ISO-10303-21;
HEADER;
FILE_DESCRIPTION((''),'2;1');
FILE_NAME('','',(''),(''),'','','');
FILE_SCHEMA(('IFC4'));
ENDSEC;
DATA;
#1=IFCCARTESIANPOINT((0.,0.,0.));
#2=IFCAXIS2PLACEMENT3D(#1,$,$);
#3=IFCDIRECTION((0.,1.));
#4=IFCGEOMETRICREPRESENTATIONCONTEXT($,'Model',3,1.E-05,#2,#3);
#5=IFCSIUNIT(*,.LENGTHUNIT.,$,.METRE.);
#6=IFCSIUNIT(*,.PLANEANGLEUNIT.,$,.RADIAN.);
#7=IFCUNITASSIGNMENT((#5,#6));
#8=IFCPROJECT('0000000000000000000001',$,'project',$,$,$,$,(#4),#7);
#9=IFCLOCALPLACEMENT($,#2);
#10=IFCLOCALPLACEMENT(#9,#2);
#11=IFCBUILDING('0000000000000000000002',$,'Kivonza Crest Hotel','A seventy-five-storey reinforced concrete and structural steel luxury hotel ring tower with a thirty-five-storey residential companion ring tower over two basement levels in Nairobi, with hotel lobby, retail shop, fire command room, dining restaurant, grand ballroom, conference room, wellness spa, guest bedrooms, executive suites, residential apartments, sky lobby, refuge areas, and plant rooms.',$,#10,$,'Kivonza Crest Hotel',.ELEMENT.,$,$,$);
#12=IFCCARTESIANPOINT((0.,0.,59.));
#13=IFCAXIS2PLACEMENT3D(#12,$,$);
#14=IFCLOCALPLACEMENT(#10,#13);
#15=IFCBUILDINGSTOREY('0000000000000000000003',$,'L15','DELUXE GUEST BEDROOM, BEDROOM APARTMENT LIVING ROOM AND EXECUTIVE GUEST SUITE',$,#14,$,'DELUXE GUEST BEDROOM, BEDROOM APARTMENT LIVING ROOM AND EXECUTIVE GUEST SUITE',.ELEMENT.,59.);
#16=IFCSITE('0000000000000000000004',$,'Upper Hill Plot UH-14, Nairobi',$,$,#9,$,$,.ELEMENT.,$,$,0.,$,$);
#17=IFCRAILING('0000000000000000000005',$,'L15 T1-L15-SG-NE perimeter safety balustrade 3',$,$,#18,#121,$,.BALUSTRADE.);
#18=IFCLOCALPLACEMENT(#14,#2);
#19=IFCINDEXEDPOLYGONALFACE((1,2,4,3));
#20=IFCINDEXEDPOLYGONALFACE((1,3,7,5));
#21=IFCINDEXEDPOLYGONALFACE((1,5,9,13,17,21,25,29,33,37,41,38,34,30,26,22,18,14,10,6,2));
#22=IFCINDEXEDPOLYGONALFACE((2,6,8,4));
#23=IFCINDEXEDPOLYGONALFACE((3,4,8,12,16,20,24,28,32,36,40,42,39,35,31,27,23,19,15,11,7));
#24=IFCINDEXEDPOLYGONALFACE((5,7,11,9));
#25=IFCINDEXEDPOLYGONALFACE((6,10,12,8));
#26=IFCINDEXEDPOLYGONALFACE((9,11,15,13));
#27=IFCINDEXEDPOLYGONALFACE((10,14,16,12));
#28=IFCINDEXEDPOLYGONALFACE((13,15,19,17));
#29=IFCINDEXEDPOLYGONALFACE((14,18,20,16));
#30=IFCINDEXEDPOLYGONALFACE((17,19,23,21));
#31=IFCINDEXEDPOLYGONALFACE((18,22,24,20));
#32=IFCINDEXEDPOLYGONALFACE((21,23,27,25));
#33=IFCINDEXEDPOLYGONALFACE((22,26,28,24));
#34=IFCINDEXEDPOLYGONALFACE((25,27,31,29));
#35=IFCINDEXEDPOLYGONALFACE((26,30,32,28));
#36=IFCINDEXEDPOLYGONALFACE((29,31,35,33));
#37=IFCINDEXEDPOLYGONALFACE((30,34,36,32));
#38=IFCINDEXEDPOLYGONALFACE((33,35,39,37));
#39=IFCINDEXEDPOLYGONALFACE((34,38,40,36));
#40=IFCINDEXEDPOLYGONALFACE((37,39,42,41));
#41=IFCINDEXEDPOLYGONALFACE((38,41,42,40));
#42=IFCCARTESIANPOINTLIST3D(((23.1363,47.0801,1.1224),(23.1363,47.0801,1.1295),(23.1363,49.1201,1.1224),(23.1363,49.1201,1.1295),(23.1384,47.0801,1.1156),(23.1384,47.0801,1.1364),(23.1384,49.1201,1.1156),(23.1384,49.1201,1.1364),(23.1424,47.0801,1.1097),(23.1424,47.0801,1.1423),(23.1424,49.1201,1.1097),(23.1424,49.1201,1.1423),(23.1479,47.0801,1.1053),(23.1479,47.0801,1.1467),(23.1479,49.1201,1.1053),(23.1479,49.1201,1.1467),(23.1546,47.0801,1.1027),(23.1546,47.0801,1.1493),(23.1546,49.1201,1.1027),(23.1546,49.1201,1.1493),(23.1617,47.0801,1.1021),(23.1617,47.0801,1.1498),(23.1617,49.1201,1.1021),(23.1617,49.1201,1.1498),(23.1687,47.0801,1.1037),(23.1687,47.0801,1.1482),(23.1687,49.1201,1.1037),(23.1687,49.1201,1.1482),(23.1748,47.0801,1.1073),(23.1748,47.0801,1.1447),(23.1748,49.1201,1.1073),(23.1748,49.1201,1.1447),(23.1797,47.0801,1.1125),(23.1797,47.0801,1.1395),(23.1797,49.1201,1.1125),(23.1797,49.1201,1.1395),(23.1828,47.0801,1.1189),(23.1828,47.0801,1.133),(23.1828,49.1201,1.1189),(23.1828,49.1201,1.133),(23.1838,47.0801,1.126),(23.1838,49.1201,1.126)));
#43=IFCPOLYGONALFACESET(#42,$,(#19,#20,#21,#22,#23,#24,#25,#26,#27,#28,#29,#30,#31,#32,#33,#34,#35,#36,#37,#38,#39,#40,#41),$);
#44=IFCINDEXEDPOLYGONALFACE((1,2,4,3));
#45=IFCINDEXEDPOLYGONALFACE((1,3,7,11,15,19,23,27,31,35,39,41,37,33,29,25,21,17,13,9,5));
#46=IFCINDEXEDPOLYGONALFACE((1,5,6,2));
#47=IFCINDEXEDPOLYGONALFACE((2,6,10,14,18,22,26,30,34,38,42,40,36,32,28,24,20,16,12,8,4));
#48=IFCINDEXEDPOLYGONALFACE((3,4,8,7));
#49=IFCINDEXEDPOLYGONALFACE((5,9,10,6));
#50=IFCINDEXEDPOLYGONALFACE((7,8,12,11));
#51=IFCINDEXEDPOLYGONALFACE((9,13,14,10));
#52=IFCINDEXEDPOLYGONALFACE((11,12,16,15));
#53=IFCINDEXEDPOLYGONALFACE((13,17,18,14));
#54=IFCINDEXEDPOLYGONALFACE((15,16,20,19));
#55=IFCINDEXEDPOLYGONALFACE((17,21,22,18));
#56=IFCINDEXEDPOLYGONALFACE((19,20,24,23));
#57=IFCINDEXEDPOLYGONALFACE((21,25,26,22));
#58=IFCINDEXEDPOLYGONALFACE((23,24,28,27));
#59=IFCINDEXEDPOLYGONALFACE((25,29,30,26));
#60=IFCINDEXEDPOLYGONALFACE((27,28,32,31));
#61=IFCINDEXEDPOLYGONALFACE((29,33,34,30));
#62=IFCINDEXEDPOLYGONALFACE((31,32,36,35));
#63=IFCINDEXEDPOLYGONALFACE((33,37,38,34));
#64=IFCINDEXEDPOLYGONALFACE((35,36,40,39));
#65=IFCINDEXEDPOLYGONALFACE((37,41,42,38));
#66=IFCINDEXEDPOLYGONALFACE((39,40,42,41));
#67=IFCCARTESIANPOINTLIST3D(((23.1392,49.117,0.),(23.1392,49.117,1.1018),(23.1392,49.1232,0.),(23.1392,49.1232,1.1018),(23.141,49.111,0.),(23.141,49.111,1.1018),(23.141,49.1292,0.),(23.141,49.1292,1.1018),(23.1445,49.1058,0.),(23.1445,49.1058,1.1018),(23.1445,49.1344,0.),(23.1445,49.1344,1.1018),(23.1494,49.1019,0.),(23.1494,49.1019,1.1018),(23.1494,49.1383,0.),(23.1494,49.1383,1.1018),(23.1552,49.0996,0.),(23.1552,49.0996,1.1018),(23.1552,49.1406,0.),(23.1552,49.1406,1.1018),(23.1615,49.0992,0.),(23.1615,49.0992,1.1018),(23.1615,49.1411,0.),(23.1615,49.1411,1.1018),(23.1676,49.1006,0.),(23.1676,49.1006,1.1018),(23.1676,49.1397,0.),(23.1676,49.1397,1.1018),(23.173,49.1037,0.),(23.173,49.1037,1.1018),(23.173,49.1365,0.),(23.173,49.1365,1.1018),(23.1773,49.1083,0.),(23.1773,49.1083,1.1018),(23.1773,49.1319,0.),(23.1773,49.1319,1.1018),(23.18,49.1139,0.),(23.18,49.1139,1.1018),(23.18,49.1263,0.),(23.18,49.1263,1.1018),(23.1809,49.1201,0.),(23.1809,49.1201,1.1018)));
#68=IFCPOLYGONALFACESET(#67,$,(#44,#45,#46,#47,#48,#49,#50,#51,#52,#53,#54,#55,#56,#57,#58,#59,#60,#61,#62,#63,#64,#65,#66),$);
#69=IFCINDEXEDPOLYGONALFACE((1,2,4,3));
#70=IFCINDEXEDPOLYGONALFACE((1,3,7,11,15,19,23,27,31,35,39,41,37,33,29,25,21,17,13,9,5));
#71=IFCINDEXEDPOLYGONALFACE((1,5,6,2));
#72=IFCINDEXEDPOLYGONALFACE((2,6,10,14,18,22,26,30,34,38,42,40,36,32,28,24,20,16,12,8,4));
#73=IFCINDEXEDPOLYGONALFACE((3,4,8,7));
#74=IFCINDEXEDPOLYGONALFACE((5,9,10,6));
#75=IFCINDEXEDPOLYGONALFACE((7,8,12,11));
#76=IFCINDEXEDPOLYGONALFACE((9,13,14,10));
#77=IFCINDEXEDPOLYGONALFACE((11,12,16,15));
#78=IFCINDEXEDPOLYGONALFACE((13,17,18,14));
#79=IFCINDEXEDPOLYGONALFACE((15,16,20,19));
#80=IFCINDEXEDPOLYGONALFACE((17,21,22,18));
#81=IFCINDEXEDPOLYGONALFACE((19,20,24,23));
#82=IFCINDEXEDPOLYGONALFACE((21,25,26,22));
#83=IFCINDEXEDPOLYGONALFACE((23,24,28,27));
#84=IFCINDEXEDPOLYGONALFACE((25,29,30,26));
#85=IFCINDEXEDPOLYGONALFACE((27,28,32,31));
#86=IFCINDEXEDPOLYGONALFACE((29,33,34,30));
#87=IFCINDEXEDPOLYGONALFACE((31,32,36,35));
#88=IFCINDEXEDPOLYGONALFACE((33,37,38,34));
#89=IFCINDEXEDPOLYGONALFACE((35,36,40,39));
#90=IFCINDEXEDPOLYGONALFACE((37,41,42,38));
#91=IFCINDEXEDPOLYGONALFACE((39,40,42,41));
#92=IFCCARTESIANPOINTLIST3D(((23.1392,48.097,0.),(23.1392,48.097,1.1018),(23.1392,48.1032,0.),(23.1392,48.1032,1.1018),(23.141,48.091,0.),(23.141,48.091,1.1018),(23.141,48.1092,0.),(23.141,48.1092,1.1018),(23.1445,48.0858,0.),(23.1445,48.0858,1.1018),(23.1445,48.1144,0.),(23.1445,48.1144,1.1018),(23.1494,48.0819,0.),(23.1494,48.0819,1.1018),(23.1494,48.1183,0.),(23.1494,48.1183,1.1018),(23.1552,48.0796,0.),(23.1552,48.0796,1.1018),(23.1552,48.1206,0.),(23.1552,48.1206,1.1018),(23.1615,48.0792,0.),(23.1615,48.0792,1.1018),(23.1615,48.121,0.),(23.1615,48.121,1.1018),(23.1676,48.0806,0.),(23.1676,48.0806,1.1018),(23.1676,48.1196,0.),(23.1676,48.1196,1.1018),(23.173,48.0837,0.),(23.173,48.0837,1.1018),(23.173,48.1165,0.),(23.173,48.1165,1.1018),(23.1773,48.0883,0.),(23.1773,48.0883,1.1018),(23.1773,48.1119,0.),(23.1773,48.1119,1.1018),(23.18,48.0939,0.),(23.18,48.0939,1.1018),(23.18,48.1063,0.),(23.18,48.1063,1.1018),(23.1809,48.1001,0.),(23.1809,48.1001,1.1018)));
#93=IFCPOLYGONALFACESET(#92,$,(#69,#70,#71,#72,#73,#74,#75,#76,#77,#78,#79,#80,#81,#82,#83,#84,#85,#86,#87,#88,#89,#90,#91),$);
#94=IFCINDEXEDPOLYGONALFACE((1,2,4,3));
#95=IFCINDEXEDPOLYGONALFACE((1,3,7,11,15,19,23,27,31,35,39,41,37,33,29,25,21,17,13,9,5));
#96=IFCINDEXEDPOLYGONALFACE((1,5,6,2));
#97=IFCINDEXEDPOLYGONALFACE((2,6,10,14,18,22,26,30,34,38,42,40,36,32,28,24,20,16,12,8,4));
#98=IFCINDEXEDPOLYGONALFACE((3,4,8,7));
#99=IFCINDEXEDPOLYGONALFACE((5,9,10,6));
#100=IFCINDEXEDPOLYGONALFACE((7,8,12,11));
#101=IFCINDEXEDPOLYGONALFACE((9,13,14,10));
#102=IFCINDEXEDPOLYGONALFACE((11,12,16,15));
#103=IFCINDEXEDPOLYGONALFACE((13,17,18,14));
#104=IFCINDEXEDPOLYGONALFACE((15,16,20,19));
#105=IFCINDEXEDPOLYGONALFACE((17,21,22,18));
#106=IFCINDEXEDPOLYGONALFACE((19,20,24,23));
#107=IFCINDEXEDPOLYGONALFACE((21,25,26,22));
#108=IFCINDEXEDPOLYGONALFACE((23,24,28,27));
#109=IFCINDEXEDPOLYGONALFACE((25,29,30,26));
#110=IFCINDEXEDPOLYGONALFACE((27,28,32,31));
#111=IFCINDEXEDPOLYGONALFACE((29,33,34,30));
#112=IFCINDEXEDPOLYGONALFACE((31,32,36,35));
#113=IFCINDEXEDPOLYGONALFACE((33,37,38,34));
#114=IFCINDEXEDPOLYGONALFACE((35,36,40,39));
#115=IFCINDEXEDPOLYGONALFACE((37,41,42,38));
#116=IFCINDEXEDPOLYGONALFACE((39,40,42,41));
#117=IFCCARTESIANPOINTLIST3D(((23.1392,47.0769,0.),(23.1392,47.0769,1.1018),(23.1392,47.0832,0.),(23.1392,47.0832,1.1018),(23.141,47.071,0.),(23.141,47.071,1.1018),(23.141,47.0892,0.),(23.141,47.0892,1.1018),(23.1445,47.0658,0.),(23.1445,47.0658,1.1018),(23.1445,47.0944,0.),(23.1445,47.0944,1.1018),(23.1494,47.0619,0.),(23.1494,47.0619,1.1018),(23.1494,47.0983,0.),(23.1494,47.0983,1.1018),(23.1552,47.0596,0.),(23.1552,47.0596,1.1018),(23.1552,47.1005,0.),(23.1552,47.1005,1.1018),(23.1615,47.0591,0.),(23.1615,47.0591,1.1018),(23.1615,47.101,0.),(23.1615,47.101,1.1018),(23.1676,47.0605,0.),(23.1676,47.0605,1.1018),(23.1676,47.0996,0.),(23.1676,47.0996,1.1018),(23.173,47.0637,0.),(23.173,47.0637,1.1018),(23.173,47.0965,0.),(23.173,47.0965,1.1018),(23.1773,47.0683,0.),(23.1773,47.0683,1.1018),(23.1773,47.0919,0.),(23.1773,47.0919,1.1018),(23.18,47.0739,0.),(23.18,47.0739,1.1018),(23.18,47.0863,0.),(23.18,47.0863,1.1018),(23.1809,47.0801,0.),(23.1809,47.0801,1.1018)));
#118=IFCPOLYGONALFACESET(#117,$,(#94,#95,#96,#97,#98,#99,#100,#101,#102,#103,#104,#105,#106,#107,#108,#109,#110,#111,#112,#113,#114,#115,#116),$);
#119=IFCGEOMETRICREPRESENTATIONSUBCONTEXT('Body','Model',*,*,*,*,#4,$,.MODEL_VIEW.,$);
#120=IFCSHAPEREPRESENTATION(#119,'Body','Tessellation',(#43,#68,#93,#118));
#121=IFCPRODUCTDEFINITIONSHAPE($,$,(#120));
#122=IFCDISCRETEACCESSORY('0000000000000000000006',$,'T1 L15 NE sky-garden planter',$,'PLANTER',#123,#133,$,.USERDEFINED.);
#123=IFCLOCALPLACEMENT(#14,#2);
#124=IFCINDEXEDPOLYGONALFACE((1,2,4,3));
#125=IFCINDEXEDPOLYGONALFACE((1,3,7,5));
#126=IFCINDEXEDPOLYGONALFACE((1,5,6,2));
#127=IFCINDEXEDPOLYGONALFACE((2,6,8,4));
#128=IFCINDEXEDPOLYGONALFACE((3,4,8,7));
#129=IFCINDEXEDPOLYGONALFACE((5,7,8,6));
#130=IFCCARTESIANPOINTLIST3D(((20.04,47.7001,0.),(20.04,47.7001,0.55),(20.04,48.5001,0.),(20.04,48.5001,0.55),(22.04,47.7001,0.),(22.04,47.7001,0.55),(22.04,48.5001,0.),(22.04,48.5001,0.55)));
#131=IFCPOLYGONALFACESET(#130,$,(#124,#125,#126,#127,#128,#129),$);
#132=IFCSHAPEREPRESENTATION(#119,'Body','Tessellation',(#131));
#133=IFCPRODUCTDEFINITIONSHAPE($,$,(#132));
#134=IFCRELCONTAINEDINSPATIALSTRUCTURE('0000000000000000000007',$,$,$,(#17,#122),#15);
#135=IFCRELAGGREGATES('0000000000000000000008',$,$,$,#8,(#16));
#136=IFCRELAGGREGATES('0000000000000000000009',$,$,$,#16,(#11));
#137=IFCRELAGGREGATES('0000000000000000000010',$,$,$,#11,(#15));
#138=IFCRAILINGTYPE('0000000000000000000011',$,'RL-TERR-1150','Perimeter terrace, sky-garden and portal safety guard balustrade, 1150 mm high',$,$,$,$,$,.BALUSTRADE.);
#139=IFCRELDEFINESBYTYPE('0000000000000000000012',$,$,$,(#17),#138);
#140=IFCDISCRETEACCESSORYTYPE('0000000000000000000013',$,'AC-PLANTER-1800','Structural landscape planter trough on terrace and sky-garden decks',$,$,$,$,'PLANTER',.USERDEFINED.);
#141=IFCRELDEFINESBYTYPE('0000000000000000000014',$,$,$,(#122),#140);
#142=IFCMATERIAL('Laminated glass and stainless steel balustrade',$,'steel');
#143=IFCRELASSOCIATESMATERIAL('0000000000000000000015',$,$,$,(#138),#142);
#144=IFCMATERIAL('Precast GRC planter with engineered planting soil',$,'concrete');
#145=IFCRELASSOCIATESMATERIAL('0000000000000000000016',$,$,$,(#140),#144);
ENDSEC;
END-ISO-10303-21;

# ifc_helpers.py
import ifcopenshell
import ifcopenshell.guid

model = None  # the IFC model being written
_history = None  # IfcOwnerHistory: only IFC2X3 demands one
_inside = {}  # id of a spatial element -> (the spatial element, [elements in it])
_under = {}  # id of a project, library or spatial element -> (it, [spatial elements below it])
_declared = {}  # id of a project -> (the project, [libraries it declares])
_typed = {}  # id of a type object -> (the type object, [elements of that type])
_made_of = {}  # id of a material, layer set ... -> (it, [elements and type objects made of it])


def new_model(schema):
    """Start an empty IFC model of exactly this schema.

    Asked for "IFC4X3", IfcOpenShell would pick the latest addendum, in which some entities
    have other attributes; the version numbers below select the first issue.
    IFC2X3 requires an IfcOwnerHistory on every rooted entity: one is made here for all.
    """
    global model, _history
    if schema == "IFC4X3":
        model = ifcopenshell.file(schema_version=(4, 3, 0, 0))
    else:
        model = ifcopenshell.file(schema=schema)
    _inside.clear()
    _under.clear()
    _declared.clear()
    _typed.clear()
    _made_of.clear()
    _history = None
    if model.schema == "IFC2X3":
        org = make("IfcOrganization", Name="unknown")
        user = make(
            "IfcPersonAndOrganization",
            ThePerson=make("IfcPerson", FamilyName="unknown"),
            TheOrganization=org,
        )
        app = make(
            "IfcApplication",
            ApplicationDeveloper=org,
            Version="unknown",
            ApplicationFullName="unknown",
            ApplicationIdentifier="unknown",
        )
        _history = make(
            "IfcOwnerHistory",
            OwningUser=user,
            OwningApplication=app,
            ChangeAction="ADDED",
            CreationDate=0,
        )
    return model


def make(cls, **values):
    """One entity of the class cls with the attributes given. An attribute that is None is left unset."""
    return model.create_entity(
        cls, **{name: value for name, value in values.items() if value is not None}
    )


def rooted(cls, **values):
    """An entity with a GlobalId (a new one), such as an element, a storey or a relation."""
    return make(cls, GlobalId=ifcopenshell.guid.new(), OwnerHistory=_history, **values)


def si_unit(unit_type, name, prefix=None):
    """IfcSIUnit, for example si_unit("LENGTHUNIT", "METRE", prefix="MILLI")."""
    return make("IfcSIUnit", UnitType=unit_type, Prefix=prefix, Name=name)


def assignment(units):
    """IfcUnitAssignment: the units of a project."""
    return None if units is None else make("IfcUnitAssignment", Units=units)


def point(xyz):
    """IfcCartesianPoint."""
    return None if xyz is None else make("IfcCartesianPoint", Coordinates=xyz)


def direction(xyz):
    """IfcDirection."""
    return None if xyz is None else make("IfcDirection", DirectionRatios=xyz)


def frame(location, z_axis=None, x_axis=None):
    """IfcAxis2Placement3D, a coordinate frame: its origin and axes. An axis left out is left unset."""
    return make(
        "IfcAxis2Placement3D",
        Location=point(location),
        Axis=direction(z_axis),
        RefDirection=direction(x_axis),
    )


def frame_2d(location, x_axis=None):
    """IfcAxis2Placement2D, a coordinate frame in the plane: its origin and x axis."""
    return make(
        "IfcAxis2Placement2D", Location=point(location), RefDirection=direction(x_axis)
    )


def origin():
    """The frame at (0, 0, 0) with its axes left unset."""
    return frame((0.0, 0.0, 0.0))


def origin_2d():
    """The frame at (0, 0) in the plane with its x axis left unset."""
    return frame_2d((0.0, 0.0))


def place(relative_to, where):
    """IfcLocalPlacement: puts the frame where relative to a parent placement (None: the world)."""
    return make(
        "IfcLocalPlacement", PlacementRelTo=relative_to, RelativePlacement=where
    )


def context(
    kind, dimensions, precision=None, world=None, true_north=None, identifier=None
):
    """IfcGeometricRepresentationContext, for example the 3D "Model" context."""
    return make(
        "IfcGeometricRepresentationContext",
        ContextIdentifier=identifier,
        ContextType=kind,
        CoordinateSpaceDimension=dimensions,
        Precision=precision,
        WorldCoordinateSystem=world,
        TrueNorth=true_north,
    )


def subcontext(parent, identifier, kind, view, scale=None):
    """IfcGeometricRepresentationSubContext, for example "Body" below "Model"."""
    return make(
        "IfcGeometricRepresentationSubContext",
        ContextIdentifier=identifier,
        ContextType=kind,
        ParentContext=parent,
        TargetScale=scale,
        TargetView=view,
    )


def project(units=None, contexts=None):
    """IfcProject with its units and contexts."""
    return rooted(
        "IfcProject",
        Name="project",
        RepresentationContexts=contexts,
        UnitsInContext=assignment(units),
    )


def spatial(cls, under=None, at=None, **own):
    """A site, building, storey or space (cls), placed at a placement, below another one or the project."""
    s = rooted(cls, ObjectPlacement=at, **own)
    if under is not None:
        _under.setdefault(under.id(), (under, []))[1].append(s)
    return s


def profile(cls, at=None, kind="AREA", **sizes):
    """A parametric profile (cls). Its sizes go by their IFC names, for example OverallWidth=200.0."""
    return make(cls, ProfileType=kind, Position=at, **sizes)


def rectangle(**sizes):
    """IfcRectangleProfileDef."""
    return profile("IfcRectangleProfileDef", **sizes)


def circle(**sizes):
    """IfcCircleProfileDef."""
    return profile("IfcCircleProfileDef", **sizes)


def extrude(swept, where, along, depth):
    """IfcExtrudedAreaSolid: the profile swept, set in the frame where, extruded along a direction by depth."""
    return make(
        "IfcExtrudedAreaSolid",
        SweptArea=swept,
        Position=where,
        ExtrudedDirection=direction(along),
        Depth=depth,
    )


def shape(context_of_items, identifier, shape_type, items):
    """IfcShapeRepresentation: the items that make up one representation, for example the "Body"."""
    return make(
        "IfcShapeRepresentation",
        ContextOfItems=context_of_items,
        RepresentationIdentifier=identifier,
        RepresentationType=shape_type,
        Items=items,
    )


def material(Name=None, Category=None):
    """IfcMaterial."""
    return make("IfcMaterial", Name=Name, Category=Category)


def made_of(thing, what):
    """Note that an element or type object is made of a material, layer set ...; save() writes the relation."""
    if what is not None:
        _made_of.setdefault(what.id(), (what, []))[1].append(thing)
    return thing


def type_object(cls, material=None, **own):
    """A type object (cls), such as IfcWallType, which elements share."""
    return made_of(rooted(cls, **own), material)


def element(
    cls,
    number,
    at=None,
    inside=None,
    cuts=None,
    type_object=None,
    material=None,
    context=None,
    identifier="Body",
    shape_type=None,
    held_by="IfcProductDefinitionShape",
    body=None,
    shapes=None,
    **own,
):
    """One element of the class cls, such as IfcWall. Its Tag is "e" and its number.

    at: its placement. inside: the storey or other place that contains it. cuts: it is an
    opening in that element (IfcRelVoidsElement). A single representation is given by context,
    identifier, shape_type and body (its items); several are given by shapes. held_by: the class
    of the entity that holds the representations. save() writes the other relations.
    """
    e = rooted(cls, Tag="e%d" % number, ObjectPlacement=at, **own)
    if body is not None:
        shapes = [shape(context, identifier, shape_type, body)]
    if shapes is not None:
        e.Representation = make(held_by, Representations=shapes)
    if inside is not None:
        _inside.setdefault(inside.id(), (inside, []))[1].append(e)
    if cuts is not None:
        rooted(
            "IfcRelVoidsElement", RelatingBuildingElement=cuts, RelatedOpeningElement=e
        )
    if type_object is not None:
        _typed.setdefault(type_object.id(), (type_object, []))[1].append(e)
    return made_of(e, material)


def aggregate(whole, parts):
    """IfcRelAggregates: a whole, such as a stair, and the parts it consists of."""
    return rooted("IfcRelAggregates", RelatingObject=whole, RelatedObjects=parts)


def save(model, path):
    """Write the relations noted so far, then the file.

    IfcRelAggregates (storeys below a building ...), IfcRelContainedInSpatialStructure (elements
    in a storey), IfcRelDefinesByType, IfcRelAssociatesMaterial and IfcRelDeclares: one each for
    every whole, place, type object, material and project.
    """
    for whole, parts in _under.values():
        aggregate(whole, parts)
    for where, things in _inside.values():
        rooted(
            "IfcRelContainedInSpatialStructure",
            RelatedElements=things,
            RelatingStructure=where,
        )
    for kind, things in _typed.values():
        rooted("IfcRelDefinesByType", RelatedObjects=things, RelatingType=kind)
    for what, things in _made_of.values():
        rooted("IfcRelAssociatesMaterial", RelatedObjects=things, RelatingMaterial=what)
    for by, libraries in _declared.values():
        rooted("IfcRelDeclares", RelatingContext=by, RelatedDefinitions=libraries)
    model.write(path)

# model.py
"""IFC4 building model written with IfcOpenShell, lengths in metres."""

from ifc_helpers import new_model, si_unit, direction, frame, origin, origin_2d, place, context, subcontext, project, spatial, rectangle, circle, extrude, material, type_object, element, save


model = new_model("IFC4")

# Units and contexts
model_context = context("Model", 3, precision=1e-05, world=origin(), true_north=direction((0.0, 1.0)))
body_context = subcontext(model_context, "Body", "Model", "MODEL_VIEW")
ifc_project = project(units=[si_unit("LENGTHUNIT", "METRE"), si_unit("PLANEANGLEUNIT", "RADIAN")], contexts=[model_context])

# Site, building, storey
site_placement = place(None, origin())
site = spatial("IfcSite", under=ifc_project, at=site_placement, Name="Upper Hill Plot UH-14, Nairobi", CompositionType="ELEMENT", RefElevation=0.0)
building_placement = place(site_placement, origin())
building = spatial("IfcBuilding", under=site, at=building_placement, Name="Kivonza Crest Hotel", Description="A seventy-five-storey reinforced concrete and structural steel luxury hotel ring tower with a thirty-five-storey residential companion ring tower over two basement levels in Nairobi, with hotel lobby, retail shop, fire command room, dining restaurant, grand ballroom, conference room, wellness spa, guest bedrooms, executive suites, residential apartments, sky lobby, refuge areas, and plant rooms.", LongName="Kivonza Crest Hotel", CompositionType="ELEMENT")
storey_placement = place(building_placement, frame((0.0, 0.0, 59.0)))
storey = spatial("IfcBuildingStorey", under=building, at=storey_placement, Name="L15", Description="DELUXE GUEST BEDROOM, BEDROOM APARTMENT LIVING ROOM AND EXECUTIVE GUEST SUITE", LongName="DELUXE GUEST BEDROOM, BEDROOM APARTMENT LIVING ROOM AND EXECUTIVE GUEST SUITE", CompositionType="ELEMENT", Elevation=59.0)

# Railing
ifc_material_1 = material(Name="Laminated glass and stainless steel balustrade", Category="steel")
railing_type = type_object("IfcRailingType", Name="RL-TERR-1150", Description="Perimeter terrace, sky-garden and portal safety guard balustrade, 1150 mm high", PredefinedType="BALUSTRADE", material=ifc_material_1)
railing_1_placement = place(storey_placement, frame((23.1599, 49.1201, 0.0)))
element("IfcRailing", 1, at=railing_1_placement, inside=storey, type_object=railing_type, Name="L15 T1-L15-SG-NE perimeter safety balustrade 3", PredefinedType="BALUSTRADE", context=body_context, shape_type="SweptSolid", body=[
    extrude(circle(Radius=0.0239, at=origin_2d()), frame((0.0, 0.0, 1.126), z_axis=(0.0, -1.0, 0.0), x_axis=(1.0, 0.0, 0.0)), (0.0, 0.0, 1.0), 2.04),
    extrude(circle(Radius=0.021, at=origin_2d()), origin(), (0.0, 0.0, 1.0), 1.1018),
    extrude(circle(Radius=0.021, at=origin_2d()), frame((0.0, -1.02, 0.0)), (0.0, 0.0, 1.0), 1.1018),
    extrude(circle(Radius=0.021, at=origin_2d()), frame((0.0, -2.04, 0.0)), (0.0, 0.0, 1.0), 1.1018),
])

# Discrete accessory
ifc_material_2 = material(Name="Precast GRC planter with engineered planting soil", Category="concrete")
discrete_accessory_type = type_object("IfcDiscreteAccessoryType", Name="AC-PLANTER-1800", Description="Structural landscape planter trough on terrace and sky-garden decks", ElementType="PLANTER", PredefinedType="USERDEFINED", material=ifc_material_2)
discrete_accessory_placement = place(storey_placement, frame((21.04, 48.1001, 0.0), z_axis=(0.0, 0.0, 1.0), x_axis=(1.0, 0.0, 0.0)))
element("IfcDiscreteAccessory", 2, at=discrete_accessory_placement, inside=storey, type_object=discrete_accessory_type, Name="T1 L15 NE sky-garden planter", ObjectType="PLANTER", PredefinedType="USERDEFINED", context=body_context, shape_type="SweptSolid", body=[
    extrude(rectangle(XDim=2.0, YDim=0.8, at=origin_2d()), origin(), (0.0, 0.0, 1.0), 0.55),
])

save(model, "model.ifc")
